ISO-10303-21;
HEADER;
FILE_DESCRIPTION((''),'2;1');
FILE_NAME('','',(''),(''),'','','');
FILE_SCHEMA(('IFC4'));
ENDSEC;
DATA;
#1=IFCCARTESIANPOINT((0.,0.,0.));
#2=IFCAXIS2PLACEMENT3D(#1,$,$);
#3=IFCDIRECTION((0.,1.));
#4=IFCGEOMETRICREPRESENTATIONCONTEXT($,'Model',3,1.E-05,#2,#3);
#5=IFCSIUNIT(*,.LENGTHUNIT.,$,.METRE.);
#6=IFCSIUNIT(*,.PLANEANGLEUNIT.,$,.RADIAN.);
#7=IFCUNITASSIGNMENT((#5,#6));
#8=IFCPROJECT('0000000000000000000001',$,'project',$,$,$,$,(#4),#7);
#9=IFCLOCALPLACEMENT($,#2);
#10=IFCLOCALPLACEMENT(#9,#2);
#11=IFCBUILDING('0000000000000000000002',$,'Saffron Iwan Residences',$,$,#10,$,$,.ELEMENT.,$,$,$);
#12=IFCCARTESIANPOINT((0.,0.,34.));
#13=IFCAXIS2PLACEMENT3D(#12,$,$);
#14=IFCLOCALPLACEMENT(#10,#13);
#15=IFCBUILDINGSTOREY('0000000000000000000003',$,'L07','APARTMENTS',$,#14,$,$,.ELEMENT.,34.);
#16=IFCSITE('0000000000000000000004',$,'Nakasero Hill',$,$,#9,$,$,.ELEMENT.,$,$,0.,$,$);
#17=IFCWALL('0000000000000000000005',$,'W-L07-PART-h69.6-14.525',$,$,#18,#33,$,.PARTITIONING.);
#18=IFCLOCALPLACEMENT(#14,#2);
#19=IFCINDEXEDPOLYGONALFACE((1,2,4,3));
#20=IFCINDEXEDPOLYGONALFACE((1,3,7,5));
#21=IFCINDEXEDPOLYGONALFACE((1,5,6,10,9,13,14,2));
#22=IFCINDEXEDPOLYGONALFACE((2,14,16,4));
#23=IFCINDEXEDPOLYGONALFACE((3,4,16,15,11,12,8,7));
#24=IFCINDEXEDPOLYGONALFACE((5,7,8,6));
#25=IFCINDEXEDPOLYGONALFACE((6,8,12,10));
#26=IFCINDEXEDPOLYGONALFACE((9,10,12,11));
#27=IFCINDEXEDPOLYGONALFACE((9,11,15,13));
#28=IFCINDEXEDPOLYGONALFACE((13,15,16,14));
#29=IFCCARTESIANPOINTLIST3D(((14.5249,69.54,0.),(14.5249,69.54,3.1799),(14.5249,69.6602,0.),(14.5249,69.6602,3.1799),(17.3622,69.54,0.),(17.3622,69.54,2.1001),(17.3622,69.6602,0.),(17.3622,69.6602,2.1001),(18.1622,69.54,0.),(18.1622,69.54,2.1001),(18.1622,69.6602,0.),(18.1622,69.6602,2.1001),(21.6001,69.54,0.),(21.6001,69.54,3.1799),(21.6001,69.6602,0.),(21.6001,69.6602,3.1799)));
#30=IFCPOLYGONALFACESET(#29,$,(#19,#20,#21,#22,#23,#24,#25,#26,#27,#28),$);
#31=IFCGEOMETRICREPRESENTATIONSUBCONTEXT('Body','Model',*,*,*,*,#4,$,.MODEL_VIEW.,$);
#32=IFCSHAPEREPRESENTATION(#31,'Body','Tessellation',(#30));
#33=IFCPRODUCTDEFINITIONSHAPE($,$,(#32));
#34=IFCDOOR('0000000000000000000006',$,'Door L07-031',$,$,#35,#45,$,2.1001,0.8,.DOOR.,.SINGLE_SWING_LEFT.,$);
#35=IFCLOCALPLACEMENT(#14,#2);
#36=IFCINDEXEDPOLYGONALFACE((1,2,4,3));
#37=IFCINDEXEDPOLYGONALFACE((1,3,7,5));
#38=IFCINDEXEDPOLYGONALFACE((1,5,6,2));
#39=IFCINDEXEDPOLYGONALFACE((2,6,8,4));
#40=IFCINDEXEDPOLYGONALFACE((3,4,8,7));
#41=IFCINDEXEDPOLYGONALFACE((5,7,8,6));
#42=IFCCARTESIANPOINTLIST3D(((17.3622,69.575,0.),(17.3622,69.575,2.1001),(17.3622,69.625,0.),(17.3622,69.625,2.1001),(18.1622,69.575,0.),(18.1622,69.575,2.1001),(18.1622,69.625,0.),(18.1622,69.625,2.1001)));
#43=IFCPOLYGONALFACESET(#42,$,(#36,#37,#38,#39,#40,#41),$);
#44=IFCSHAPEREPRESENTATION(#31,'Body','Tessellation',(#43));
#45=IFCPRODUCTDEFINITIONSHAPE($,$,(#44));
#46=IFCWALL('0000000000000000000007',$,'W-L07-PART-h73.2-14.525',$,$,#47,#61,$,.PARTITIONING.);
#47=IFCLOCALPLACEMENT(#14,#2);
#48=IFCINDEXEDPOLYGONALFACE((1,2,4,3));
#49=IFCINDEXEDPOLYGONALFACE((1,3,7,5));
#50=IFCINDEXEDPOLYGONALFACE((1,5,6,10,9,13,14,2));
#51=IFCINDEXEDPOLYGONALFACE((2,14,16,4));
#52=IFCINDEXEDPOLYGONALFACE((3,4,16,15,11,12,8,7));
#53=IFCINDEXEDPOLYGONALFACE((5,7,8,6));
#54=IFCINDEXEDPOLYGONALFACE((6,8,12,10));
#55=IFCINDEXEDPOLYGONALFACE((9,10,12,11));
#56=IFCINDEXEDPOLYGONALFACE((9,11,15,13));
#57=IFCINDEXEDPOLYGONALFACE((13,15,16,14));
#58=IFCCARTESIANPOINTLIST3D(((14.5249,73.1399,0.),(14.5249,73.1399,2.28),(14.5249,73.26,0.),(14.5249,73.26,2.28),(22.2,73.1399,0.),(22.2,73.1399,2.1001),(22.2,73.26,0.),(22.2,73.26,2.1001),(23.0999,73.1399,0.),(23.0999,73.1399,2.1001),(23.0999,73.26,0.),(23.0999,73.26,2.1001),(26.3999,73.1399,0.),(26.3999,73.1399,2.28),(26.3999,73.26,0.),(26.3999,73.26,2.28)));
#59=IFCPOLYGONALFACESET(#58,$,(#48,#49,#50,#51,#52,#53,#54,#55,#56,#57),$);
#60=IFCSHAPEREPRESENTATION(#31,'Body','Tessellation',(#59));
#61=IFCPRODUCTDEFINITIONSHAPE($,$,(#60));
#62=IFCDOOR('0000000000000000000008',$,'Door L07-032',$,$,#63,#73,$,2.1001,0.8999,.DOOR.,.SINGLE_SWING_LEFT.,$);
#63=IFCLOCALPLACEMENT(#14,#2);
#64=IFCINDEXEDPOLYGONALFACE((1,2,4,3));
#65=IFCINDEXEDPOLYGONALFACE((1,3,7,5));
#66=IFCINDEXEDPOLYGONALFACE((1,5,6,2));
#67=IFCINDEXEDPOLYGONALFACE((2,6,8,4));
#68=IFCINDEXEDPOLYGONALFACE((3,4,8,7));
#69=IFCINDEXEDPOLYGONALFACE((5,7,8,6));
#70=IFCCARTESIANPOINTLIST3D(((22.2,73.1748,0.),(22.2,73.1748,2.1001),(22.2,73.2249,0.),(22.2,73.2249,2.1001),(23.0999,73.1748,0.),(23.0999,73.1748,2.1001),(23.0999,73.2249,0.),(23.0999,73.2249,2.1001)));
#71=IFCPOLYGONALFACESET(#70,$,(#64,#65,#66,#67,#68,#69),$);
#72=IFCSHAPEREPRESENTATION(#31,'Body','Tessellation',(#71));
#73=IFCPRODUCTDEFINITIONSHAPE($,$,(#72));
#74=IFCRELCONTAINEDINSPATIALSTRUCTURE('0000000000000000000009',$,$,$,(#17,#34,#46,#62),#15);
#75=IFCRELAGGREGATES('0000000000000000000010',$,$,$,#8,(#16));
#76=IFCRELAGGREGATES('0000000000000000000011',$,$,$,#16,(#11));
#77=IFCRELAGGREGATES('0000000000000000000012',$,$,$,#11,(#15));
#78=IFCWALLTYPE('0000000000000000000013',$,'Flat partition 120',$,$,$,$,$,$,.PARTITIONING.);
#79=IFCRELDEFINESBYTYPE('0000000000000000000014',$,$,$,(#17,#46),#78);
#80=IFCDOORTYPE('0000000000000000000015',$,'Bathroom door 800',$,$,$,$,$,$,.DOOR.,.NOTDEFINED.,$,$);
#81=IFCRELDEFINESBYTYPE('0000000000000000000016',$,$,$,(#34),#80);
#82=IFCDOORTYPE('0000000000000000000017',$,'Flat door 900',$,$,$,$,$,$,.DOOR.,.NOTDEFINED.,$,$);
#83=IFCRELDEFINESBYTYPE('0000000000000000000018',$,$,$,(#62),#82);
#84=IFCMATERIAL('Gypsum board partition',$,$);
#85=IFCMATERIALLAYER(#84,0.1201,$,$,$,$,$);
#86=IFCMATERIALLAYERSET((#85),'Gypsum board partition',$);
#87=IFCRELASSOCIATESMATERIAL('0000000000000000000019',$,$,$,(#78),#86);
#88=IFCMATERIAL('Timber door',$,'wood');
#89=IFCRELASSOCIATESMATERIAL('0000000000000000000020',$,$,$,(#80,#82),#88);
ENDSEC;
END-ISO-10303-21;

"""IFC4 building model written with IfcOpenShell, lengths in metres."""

from ifc_helpers import new_model, si_unit, direction, frame, frame_2d, origin, place, context, subcontext, project, spatial, rectangle, extrude, material, layer, layer_set, type_object, element, fill, save


model = new_model("IFC4")

# Units and contexts
model_context = context("Model", 3, precision=1e-05, world=origin(), true_north=direction((0.0, 1.0)))
body_context = subcontext(model_context, "Body", "Model", "MODEL_VIEW")
ifc_project = project(units=[si_unit("LENGTHUNIT", "METRE"), si_unit("PLANEANGLEUNIT", "RADIAN")], contexts=[model_context])

# Site, building, storey
site_placement = place(None, origin())
site = spatial("IfcSite", under=ifc_project, at=site_placement, Name="Nakasero Hill", CompositionType="ELEMENT", RefElevation=0.0)
building_placement = place(site_placement, origin())
building = spatial("IfcBuilding", under=site, at=building_placement, Name="Saffron Iwan Residences", CompositionType="ELEMENT")
storey_placement = place(building_placement, frame((0.0, 0.0, 34.0)))
storey = spatial("IfcBuildingStorey", under=building, at=storey_placement, Name="L07", Description="APARTMENTS", CompositionType="ELEMENT", Elevation=34.0)

# Walls, openings, doors
ifc_material_1 = material(Name="Gypsum board partition")
ifc_layer_1 = layer(ifc_material_1, 0.1201)
ifc_layer_set_1 = layer_set([ifc_layer_1], Name="Gypsum board partition")
wall_type_1 = type_object("IfcWallType", Name="Flat partition 120", PredefinedType="PARTITIONING", material=ifc_layer_set_1)
wall_1_placement = place(storey_placement, frame((14.5249, 69.6001, 0.0), z_axis=(0.0, 0.0, 1.0), x_axis=(1.0, 0.0, 0.0)))
wall_1 = element("IfcWall", 1, at=wall_1_placement, inside=storey, type_object=wall_type_1, Name="W-L07-PART-h69.6-14.525", PredefinedType="PARTITIONING", context=body_context, shape_type="SweptSolid", body=[
    extrude(rectangle(XDim=7.0752, YDim=0.1201, at=frame_2d((3.5376, 0.0))), origin(), (0.0, 0.0, 1.0), 3.1799),
])
opening_1_placement = place(wall_1_placement, frame((2.8374, 0.0, 0.0)))
opening_1 = element("IfcOpeningElement", 2, at=opening_1_placement, cuts=wall_1, PredefinedType="OPENING", context=body_context, shape_type="SweptSolid", body=[
    extrude(rectangle(XDim=0.8, YDim=2.1001, at=frame_2d((0.3999, 1.05))), frame((0.0, 0.0701, 0.0), z_axis=(0.0, -1.0, 0.0), x_axis=(1.0, 0.0, 0.0)), (0.0, 0.0, 1.0), 0.1401),
])
ifc_material_2 = material(Name="Timber door", Category="wood")
door_type_1 = type_object("IfcDoorType", Name="Bathroom door 800", OperationType="NOTDEFINED", PredefinedType="DOOR", material=ifc_material_2)
door_1_placement = place(opening_1_placement, origin())
door_1 = element("IfcDoor", 3, at=door_1_placement, inside=storey, type_object=door_type_1, Name="Door L07-031", OperationType="SINGLE_SWING_LEFT", OverallHeight=2.1001, OverallWidth=0.8, PredefinedType="DOOR", context=body_context, shape_type="SweptSolid", body=[
    extrude(rectangle(XDim=0.8, YDim=2.1001, at=frame_2d((0.3999, 1.05))), frame((0.0, 0.0249, 0.0), z_axis=(0.0, -1.0, 0.0), x_axis=(1.0, 0.0, 0.0)), (0.0, 0.0, 1.0), 0.05),
])
fill(opening_1, door_1)
wall_2_placement = place(storey_placement, frame((14.5249, 73.2, 0.0), z_axis=(0.0, 0.0, 1.0), x_axis=(1.0, 0.0, 0.0)))
wall_2 = element("IfcWall", 4, at=wall_2_placement, inside=storey, type_object=wall_type_1, Name="W-L07-PART-h73.2-14.525", PredefinedType="PARTITIONING", context=body_context, shape_type="SweptSolid", body=[
    extrude(rectangle(XDim=11.875, YDim=0.1201, at=frame_2d((5.9375, 0.0))), origin(), (0.0, 0.0, 1.0), 2.28),
])
opening_2_placement = place(wall_2_placement, frame((7.675, 0.0, 0.0)))
opening_2 = element("IfcOpeningElement", 5, at=opening_2_placement, cuts=wall_2, PredefinedType="OPENING", context=body_context, shape_type="SweptSolid", body=[
    extrude(rectangle(XDim=0.8999, YDim=2.1001, at=frame_2d((0.45, 1.05))), frame((0.0, 0.0701, 0.0), z_axis=(0.0, -1.0, 0.0), x_axis=(1.0, 0.0, 0.0)), (0.0, 0.0, 1.0), 0.1401),
])
door_type_2 = type_object("IfcDoorType", Name="Flat door 900", OperationType="NOTDEFINED", PredefinedType="DOOR", material=ifc_material_2)
door_2_placement = place(opening_2_placement, origin())
door_2 = element("IfcDoor", 6, at=door_2_placement, inside=storey, type_object=door_type_2, Name="Door L07-032", OperationType="SINGLE_SWING_LEFT", OverallHeight=2.1001, OverallWidth=0.8999, PredefinedType="DOOR", context=body_context, shape_type="SweptSolid", body=[
    extrude(rectangle(XDim=0.8999, YDim=2.1001, at=frame_2d((0.45, 1.05))), frame((0.0, 0.0249, 0.0), z_axis=(0.0, -1.0, 0.0), x_axis=(1.0, 0.0, 0.0)), (0.0, 0.0, 1.0), 0.05),
])
fill(opening_2, door_2)

save(model, "model.ifc")
